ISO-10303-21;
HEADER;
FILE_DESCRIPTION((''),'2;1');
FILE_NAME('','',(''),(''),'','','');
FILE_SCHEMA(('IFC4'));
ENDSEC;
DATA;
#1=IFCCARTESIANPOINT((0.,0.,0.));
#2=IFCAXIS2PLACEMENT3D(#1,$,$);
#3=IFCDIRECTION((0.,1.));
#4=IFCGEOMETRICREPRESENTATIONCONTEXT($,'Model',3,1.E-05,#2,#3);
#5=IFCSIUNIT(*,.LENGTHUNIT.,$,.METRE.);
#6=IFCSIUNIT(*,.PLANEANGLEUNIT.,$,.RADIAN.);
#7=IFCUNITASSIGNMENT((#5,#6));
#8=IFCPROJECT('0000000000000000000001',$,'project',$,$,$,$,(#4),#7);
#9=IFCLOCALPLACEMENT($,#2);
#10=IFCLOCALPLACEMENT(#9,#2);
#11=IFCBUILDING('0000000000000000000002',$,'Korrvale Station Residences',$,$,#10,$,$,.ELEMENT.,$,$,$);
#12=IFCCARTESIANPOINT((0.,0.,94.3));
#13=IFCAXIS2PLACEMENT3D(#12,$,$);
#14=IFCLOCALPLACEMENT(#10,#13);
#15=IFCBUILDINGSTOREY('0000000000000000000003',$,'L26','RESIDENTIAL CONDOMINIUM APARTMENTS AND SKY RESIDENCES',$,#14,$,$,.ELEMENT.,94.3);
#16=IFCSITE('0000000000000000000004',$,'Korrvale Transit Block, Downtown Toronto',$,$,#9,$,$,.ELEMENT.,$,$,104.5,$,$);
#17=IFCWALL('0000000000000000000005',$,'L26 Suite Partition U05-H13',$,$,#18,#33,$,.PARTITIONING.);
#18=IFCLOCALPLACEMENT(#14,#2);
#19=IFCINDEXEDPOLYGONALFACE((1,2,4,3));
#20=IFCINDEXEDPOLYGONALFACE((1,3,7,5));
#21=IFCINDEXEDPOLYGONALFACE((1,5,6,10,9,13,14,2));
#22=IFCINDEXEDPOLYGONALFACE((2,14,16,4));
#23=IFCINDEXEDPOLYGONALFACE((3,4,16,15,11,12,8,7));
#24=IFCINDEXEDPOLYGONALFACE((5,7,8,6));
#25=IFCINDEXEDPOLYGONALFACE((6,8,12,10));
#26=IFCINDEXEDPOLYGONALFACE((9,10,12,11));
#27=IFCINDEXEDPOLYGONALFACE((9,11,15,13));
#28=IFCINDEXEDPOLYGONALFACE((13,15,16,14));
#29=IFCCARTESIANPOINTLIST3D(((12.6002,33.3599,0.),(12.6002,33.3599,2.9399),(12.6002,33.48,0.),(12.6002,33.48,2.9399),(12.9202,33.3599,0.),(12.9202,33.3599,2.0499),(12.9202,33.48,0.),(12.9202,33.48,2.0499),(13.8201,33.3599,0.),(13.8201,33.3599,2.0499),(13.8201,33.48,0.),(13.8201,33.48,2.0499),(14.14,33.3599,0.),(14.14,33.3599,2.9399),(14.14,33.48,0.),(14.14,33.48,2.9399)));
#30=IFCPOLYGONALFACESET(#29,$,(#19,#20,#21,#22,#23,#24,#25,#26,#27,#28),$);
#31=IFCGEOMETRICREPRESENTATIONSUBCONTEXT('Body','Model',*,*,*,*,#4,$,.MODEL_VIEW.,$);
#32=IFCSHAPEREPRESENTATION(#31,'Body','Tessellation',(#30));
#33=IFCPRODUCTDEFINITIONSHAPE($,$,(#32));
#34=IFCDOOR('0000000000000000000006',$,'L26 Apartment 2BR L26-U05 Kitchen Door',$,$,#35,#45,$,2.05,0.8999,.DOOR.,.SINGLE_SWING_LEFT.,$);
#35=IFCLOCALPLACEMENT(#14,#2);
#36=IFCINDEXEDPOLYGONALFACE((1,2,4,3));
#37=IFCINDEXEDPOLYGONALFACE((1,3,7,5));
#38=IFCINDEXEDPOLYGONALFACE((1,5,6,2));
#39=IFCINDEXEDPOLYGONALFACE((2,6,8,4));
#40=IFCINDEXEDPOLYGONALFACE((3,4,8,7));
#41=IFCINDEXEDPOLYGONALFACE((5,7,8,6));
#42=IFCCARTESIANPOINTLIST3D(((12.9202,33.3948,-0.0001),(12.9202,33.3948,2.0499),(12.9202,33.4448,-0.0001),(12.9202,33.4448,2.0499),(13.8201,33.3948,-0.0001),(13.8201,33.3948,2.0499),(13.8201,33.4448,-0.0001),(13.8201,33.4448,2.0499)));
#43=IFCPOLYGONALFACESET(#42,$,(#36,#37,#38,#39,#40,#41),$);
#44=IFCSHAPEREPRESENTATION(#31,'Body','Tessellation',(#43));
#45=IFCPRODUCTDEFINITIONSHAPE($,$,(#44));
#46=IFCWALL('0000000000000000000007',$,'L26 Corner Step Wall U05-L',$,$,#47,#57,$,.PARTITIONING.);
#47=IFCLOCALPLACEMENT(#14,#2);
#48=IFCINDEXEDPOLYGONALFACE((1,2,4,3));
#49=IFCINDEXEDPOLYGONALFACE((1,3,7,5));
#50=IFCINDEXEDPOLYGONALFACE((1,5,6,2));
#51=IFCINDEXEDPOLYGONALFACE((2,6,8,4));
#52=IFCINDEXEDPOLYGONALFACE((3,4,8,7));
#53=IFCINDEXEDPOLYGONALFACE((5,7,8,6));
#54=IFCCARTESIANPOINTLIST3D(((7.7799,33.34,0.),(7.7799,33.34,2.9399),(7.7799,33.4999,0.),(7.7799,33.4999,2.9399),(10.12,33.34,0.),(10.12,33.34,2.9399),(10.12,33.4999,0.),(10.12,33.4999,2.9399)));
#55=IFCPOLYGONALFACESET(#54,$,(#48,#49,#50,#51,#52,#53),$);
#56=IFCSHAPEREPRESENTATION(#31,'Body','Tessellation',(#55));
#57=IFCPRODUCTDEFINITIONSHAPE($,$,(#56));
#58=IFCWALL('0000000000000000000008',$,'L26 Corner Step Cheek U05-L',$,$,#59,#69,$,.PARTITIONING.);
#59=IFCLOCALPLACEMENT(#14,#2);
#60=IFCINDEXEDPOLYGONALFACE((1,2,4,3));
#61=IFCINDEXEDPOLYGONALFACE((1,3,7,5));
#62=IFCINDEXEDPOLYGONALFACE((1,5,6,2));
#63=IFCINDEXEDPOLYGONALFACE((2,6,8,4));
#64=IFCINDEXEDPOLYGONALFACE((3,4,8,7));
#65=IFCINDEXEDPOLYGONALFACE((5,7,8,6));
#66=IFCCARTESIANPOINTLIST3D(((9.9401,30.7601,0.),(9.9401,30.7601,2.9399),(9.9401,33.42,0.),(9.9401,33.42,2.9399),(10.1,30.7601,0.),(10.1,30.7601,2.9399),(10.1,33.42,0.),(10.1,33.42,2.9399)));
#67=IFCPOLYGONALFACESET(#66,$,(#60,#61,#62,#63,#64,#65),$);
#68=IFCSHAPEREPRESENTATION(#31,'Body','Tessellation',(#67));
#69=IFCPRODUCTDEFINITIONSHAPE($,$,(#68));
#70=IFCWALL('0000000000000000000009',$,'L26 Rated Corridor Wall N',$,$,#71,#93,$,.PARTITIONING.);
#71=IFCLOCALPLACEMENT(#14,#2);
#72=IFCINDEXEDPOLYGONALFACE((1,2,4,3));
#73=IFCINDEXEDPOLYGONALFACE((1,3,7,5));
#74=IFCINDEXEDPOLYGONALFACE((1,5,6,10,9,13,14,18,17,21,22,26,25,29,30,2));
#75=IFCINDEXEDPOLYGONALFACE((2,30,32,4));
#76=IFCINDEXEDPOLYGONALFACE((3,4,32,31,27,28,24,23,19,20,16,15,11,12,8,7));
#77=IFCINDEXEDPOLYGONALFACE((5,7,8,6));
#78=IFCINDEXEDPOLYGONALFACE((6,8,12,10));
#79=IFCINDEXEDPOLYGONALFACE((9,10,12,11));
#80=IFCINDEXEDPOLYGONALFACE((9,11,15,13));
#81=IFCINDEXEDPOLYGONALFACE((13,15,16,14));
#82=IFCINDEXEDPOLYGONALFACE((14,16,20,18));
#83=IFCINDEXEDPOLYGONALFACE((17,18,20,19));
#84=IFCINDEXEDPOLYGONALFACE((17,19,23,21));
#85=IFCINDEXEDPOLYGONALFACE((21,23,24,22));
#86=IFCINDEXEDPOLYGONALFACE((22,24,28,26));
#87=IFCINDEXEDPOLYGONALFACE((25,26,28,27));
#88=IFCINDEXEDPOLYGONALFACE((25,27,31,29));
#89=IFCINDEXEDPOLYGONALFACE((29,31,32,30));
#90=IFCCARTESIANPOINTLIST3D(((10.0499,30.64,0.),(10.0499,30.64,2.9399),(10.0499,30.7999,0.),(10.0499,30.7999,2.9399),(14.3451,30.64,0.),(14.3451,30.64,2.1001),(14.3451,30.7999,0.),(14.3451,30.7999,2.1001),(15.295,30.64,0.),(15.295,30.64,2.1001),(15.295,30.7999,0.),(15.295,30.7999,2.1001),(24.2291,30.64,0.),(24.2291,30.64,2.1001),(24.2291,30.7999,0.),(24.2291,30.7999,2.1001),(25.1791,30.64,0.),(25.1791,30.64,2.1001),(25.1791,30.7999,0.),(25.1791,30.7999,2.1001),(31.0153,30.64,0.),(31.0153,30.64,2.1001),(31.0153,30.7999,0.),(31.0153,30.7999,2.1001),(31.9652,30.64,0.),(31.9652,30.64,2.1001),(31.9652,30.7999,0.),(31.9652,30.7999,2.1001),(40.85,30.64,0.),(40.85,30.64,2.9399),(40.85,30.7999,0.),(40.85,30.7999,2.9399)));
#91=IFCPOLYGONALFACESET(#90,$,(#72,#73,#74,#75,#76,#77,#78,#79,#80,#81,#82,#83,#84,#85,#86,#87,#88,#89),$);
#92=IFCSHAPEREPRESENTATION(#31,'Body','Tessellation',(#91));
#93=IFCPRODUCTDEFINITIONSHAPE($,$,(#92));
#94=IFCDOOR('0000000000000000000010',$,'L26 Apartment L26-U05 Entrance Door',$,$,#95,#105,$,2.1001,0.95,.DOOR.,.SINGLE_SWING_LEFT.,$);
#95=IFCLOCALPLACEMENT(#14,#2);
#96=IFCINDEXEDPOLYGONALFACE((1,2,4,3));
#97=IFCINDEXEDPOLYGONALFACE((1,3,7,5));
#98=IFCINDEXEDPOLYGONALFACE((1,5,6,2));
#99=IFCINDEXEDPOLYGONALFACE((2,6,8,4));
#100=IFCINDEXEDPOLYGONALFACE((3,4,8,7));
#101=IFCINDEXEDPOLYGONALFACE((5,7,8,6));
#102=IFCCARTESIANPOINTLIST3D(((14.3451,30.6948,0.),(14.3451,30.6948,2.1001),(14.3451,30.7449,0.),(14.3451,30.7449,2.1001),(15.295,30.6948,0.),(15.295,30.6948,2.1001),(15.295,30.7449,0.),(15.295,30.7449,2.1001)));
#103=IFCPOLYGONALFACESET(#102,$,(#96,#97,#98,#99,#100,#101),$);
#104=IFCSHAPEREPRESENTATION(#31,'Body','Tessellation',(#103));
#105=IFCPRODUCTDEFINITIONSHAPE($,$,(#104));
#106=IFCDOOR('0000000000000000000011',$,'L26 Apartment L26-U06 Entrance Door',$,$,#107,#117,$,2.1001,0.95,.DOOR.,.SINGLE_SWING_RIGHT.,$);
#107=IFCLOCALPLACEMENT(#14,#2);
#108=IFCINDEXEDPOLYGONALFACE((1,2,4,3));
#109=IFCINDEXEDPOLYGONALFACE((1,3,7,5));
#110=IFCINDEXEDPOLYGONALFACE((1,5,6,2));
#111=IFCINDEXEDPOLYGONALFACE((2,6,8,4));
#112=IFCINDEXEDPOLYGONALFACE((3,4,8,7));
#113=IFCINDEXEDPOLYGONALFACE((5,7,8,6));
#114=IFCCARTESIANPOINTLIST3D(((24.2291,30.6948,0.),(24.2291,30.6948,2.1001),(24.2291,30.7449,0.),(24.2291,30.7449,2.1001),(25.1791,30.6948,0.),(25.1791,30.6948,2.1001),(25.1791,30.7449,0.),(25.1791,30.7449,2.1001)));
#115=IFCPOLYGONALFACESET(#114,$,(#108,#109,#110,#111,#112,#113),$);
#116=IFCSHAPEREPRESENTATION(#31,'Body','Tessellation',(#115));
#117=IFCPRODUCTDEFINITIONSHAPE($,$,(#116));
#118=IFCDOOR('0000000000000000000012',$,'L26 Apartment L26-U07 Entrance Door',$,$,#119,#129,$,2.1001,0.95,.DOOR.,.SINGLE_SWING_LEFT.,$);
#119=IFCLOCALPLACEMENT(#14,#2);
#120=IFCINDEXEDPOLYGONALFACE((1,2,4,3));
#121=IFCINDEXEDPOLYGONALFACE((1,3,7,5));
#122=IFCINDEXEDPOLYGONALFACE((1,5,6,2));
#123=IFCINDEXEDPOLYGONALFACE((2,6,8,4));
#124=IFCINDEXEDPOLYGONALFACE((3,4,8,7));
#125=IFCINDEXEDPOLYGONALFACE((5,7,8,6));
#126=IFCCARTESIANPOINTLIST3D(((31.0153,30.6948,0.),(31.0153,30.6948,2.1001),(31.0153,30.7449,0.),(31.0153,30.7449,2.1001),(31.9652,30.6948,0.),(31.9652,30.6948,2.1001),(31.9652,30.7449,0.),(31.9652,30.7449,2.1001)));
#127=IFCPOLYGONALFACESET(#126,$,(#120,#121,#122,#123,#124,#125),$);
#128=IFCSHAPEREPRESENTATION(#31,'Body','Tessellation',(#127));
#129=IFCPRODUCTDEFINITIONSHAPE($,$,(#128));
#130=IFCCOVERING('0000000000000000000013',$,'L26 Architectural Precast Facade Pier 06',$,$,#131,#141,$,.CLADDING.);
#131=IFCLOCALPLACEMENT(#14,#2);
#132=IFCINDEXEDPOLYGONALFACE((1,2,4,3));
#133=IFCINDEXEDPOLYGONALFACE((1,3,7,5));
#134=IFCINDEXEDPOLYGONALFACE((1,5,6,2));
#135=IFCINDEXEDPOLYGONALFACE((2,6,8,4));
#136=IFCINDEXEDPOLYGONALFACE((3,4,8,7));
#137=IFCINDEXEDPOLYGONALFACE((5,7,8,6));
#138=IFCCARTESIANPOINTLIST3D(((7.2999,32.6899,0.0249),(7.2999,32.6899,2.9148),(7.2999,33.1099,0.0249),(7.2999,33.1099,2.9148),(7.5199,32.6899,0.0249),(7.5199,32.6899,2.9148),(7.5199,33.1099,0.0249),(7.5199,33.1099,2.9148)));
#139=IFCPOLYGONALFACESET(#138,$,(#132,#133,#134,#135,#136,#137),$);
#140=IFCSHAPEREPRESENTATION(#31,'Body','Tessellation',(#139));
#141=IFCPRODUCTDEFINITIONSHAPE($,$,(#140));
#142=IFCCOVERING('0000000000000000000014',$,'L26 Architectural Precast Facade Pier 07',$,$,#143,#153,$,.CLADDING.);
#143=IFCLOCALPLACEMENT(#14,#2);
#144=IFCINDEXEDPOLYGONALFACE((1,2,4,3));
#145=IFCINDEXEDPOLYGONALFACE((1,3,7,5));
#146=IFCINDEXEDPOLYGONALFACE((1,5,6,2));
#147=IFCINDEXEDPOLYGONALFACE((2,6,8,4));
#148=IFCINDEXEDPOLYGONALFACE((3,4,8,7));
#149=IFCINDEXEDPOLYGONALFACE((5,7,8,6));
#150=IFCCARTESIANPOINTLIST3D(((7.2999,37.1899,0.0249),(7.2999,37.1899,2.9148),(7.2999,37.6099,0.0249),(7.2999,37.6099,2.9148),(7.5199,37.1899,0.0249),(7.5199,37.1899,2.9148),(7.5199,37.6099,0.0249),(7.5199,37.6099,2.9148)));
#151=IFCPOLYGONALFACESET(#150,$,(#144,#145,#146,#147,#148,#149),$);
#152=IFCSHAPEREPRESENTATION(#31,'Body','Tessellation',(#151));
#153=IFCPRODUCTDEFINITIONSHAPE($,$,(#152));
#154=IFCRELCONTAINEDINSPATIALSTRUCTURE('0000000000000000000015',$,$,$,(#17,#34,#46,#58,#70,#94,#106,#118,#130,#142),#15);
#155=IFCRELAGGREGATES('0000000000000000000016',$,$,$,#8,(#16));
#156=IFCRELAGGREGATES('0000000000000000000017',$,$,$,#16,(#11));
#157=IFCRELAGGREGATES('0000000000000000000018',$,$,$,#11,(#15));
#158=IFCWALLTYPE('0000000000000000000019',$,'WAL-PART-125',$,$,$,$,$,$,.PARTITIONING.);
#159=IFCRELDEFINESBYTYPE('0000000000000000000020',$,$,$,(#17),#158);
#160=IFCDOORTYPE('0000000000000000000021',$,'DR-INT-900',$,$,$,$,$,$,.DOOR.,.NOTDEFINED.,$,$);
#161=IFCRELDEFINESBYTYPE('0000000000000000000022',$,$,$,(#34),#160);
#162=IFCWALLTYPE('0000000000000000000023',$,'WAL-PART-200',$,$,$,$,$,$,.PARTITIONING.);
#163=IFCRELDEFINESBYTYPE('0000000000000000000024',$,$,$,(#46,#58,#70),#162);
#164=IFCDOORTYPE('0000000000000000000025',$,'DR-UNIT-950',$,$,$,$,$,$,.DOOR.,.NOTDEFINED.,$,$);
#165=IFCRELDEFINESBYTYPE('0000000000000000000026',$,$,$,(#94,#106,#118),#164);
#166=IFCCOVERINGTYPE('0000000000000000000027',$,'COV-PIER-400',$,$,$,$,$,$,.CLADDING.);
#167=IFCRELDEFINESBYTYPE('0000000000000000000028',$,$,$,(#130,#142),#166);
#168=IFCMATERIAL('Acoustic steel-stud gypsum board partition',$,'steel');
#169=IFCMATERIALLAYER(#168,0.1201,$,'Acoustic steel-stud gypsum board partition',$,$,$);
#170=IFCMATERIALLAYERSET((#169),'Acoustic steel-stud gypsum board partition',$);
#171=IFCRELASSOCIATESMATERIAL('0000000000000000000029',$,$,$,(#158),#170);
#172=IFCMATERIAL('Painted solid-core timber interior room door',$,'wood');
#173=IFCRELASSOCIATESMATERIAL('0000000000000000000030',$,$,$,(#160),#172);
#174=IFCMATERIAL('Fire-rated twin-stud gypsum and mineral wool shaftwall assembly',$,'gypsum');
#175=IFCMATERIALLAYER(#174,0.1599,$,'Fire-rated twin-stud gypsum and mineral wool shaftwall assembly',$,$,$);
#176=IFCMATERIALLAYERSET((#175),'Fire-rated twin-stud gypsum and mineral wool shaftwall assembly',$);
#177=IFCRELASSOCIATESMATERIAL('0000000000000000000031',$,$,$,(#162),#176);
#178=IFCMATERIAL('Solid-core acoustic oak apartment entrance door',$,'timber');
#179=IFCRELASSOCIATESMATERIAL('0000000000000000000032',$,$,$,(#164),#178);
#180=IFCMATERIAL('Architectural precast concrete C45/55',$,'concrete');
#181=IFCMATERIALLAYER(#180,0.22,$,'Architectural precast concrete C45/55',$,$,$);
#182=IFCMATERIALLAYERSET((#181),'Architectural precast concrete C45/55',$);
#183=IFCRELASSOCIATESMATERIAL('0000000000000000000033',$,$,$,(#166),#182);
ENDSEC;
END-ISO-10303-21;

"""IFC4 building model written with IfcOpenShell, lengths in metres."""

from ifc_helpers import new_model, si_unit, direction, frame, frame_2d, origin, origin_2d, place, context, subcontext, project, spatial, rectangle, extrude, material, layer, layer_set, type_object, element, fill, save


model = new_model("IFC4")

# Units and contexts
model_context = context("Model", 3, precision=1e-05, world=origin(), true_north=direction((0.0, 1.0)))
body_context = subcontext(model_context, "Body", "Model", "MODEL_VIEW")
ifc_project = project(units=[si_unit("LENGTHUNIT", "METRE"), si_unit("PLANEANGLEUNIT", "RADIAN")], contexts=[model_context])

# Site, building, storey
site_placement = place(None, origin())
site = spatial("IfcSite", under=ifc_project, at=site_placement, Name="Korrvale Transit Block, Downtown Toronto", CompositionType="ELEMENT", RefElevation=104.5)
building_placement = place(site_placement, origin())
building = spatial("IfcBuilding", under=site, at=building_placement, Name="Korrvale Station Residences", CompositionType="ELEMENT")
storey_placement = place(building_placement, frame((0.0, 0.0, 94.3)))
storey = spatial("IfcBuildingStorey", under=building, at=storey_placement, Name="L26", Description="RESIDENTIAL CONDOMINIUM APARTMENTS AND SKY RESIDENCES", CompositionType="ELEMENT", Elevation=94.3)

# Shared definitions
ifc_material_1 = material(Name="Acoustic steel-stud gypsum board partition", Category="steel")
ifc_layer_1 = layer(ifc_material_1, 0.1201, Name="Acoustic steel-stud gypsum board partition")
ifc_layer_set_1 = layer_set([ifc_layer_1], Name="Acoustic steel-stud gypsum board partition")
wall_type_1 = type_object("IfcWallType", Name="WAL-PART-125", PredefinedType="PARTITIONING", material=ifc_layer_set_1)

# Wall, opening, door
wall_1_placement = place(storey_placement, frame((12.6001, 33.4199, 0.0), z_axis=(0.0, 0.0, 1.0), x_axis=(1.0, 0.0, 0.0)))
wall_1 = element("IfcWall", 1, at=wall_1_placement, inside=storey, type_object=wall_type_1, Name="L26 Suite Partition U05-H13", PredefinedType="PARTITIONING", context=body_context, shape_type="SweptSolid", body=[
    extrude(rectangle(XDim=1.5398, YDim=0.1201, at=frame_2d((0.77, 0.0))), origin(), (0.0, 0.0, 1.0), 2.9399),
])
opening_1_placement = place(wall_1_placement, frame((0.3201, 0.0, 0.0)))
opening_1 = element("IfcOpeningElement", 2, at=opening_1_placement, cuts=wall_1, PredefinedType="OPENING", context=body_context, shape_type="SweptSolid", body=[
    extrude(rectangle(XDim=0.8999, YDim=2.05, at=frame_2d((0.45, 1.0249))), frame((0.0, 0.0701, 0.0), z_axis=(0.0, -1.0, 0.0), x_axis=(1.0, 0.0, 0.0)), (0.0, 0.0, 1.0), 0.1401),
])
ifc_material_2 = material(Name="Painted solid-core timber interior room door", Category="wood")
door_type_1 = type_object("IfcDoorType", Name="DR-INT-900", OperationType="NOTDEFINED", PredefinedType="DOOR", material=ifc_material_2)
door_1_placement = place(opening_1_placement, origin())
door_1 = element("IfcDoor", 3, at=door_1_placement, inside=storey, type_object=door_type_1, Name="L26 Apartment 2BR L26-U05 Kitchen Door", OperationType="SINGLE_SWING_LEFT", OverallHeight=2.05, OverallWidth=0.8999, PredefinedType="DOOR", context=body_context, shape_type="SweptSolid", body=[
    extrude(rectangle(XDim=0.8999, YDim=2.05, at=frame_2d((0.45, 1.0249))), frame((0.0, 0.0249, 0.0), z_axis=(0.0, -1.0, 0.0), x_axis=(1.0, 0.0, 0.0)), (0.0, 0.0, 1.0), 0.05),
])
fill(opening_1, door_1)

# Walls
ifc_material_3 = material(Name="Fire-rated twin-stud gypsum and mineral wool shaftwall assembly", Category="gypsum")
ifc_layer_2 = layer(ifc_material_3, 0.1599, Name="Fire-rated twin-stud gypsum and mineral wool shaftwall assembly")
ifc_layer_set_2 = layer_set([ifc_layer_2], Name="Fire-rated twin-stud gypsum and mineral wool shaftwall assembly")
wall_type_2 = type_object("IfcWallType", Name="WAL-PART-200", PredefinedType="PARTITIONING", material=ifc_layer_set_2)
wall_2_placement = place(storey_placement, frame((7.78, 33.4199, 0.0), z_axis=(0.0, 0.0, 1.0), x_axis=(1.0, 0.0, 0.0)))
element("IfcWall", 4, at=wall_2_placement, inside=storey, type_object=wall_type_2, Name="L26 Corner Step Wall U05-L", PredefinedType="PARTITIONING", context=body_context, shape_type="SweptSolid", body=[
    extrude(rectangle(XDim=2.3401, YDim=0.1599, at=frame_2d((1.1699, 0.0))), origin(), (0.0, 0.0, 1.0), 2.9399),
])
wall_3_placement = place(storey_placement, frame((10.02, 30.76, 0.0), z_axis=(0.0, 0.0, 1.0), x_axis=(0.0, 1.0, 0.0)))
element("IfcWall", 5, at=wall_3_placement, inside=storey, type_object=wall_type_2, Name="L26 Corner Step Cheek U05-L", PredefinedType="PARTITIONING", context=body_context, shape_type="SweptSolid", body=[
    extrude(rectangle(XDim=2.6599, YDim=0.1599, at=frame_2d((1.3301, 0.0))), origin(), (0.0, 0.0, 1.0), 2.9399),
])

# Wall, openings, doors
wall_4_placement = place(storey_placement, frame((10.05, 30.72, 0.0), z_axis=(0.0, 0.0, 1.0), x_axis=(1.0, 0.0, 0.0)))
wall_4 = element("IfcWall", 6, at=wall_4_placement, inside=storey, type_object=wall_type_2, Name="L26 Rated Corridor Wall N", PredefinedType="PARTITIONING", context=body_context, shape_type="SweptSolid", body=[
    extrude(rectangle(XDim=30.8, YDim=0.1599, at=frame_2d((15.3999, 0.0))), origin(), (0.0, 0.0, 1.0), 2.9399),
])
opening_2_placement = place(wall_4_placement, frame((4.2949, 0.0, 0.0)))
opening_2 = element("IfcOpeningElement", 7, at=opening_2_placement, cuts=wall_4, PredefinedType="OPENING", context=body_context, shape_type="SweptSolid", body=[
    extrude(rectangle(XDim=0.95, YDim=2.1001, at=frame_2d((0.4751, 1.05))), frame((0.0, 0.0898, 0.0), z_axis=(0.0, -1.0, 0.0), x_axis=(1.0, 0.0, 0.0)), (0.0, 0.0, 1.0), 0.1799),
])
opening_3_placement = place(wall_4_placement, frame((14.179, 0.0, 0.0)))
opening_3 = element("IfcOpeningElement", 8, at=opening_3_placement, cuts=wall_4, PredefinedType="OPENING", context=body_context, shape_type="SweptSolid", body=[
    extrude(rectangle(XDim=0.95, YDim=2.1001, at=frame_2d((0.4751, 1.05))), frame((0.0, 0.0898, 0.0), z_axis=(0.0, -1.0, 0.0), x_axis=(1.0, 0.0, 0.0)), (0.0, 0.0, 1.0), 0.1799),
])
opening_4_placement = place(wall_4_placement, frame((20.9651, 0.0, 0.0)))
opening_4 = element("IfcOpeningElement", 9, at=opening_4_placement, cuts=wall_4, PredefinedType="OPENING", context=body_context, shape_type="SweptSolid", body=[
    extrude(rectangle(XDim=0.95, YDim=2.1001, at=frame_2d((0.4751, 1.05))), frame((0.0, 0.0898, 0.0), z_axis=(0.0, -1.0, 0.0), x_axis=(1.0, 0.0, 0.0)), (0.0, 0.0, 1.0), 0.1799),
])
ifc_material_4 = material(Name="Solid-core acoustic oak apartment entrance door", Category="timber")
door_type_2 = type_object("IfcDoorType", Name="DR-UNIT-950", OperationType="NOTDEFINED", PredefinedType="DOOR", material=ifc_material_4)
door_2_placement = place(opening_2_placement, origin())
door_2 = element("IfcDoor", 10, at=door_2_placement, inside=storey, type_object=door_type_2, Name="L26 Apartment L26-U05 Entrance Door", OperationType="SINGLE_SWING_LEFT", OverallHeight=2.1001, OverallWidth=0.95, PredefinedType="DOOR", context=body_context, shape_type="SweptSolid", body=[
    extrude(rectangle(XDim=0.95, YDim=2.1001, at=frame_2d((0.4751, 1.05))), frame((0.0, 0.0249, 0.0), z_axis=(0.0, -1.0, 0.0), x_axis=(1.0, 0.0, 0.0)), (0.0, 0.0, 1.0), 0.05),
])
fill(opening_2, door_2)
door_3_placement = place(opening_3_placement, origin())
door_3 = element("IfcDoor", 11, at=door_3_placement, inside=storey, type_object=door_type_2, Name="L26 Apartment L26-U06 Entrance Door", OperationType="SINGLE_SWING_RIGHT", OverallHeight=2.1001, OverallWidth=0.95, PredefinedType="DOOR", context=body_context, shape_type="SweptSolid", body=[
    extrude(rectangle(XDim=0.95, YDim=2.1001, at=frame_2d((0.4751, 1.05))), frame((0.0, 0.0249, 0.0), z_axis=(0.0, -1.0, 0.0), x_axis=(1.0, 0.0, 0.0)), (0.0, 0.0, 1.0), 0.05),
])
fill(opening_3, door_3)
door_4_placement = place(opening_4_placement, origin())
door_4 = element("IfcDoor", 12, at=door_4_placement, inside=storey, type_object=door_type_2, Name="L26 Apartment L26-U07 Entrance Door", OperationType="SINGLE_SWING_LEFT", OverallHeight=2.1001, OverallWidth=0.95, PredefinedType="DOOR", context=body_context, shape_type="SweptSolid", body=[
    extrude(rectangle(XDim=0.95, YDim=2.1001, at=frame_2d((0.4751, 1.05))), frame((0.0, 0.0249, 0.0), z_axis=(0.0, -1.0, 0.0), x_axis=(1.0, 0.0, 0.0)), (0.0, 0.0, 1.0), 0.05),
])
fill(opening_4, door_4)

# Coverings
ifc_material_5 = material(Name="Architectural precast concrete C45/55", Category="concrete")
ifc_layer_3 = layer(ifc_material_5, 0.22, Name="Architectural precast concrete C45/55")
ifc_layer_set_3 = layer_set([ifc_layer_3], Name="Architectural precast concrete C45/55")
covering_type = type_object("IfcCoveringType", Name="COV-PIER-400", PredefinedType="CLADDING", material=ifc_layer_set_3)
for number, where, z_axis, x_axis, name in (
    (13, (7.4099, 32.8999, 0.0249), (0.0, 0.0, 1.0), (0.0, 1.0, 0.0), "L26 Architectural Precast Facade Pier 06"),
    (14, (7.4099, 37.3999, 0.0249), (0.0, 0.0, 1.0), (0.0, 1.0, 0.0), "L26 Architectural Precast Facade Pier 07"),
):
    element("IfcCovering", number, at=place(storey_placement, frame(where, z_axis=z_axis, x_axis=x_axis)), inside=storey, type_object=covering_type, Name=name, PredefinedType="CLADDING", context=body_context, shape_type="SweptSolid", body=[
        extrude(rectangle(XDim=0.4199, YDim=0.22, at=origin_2d()), origin(), (0.0, 0.0, 1.0), 2.8899),
    ])

save(model, "model.ifc")
